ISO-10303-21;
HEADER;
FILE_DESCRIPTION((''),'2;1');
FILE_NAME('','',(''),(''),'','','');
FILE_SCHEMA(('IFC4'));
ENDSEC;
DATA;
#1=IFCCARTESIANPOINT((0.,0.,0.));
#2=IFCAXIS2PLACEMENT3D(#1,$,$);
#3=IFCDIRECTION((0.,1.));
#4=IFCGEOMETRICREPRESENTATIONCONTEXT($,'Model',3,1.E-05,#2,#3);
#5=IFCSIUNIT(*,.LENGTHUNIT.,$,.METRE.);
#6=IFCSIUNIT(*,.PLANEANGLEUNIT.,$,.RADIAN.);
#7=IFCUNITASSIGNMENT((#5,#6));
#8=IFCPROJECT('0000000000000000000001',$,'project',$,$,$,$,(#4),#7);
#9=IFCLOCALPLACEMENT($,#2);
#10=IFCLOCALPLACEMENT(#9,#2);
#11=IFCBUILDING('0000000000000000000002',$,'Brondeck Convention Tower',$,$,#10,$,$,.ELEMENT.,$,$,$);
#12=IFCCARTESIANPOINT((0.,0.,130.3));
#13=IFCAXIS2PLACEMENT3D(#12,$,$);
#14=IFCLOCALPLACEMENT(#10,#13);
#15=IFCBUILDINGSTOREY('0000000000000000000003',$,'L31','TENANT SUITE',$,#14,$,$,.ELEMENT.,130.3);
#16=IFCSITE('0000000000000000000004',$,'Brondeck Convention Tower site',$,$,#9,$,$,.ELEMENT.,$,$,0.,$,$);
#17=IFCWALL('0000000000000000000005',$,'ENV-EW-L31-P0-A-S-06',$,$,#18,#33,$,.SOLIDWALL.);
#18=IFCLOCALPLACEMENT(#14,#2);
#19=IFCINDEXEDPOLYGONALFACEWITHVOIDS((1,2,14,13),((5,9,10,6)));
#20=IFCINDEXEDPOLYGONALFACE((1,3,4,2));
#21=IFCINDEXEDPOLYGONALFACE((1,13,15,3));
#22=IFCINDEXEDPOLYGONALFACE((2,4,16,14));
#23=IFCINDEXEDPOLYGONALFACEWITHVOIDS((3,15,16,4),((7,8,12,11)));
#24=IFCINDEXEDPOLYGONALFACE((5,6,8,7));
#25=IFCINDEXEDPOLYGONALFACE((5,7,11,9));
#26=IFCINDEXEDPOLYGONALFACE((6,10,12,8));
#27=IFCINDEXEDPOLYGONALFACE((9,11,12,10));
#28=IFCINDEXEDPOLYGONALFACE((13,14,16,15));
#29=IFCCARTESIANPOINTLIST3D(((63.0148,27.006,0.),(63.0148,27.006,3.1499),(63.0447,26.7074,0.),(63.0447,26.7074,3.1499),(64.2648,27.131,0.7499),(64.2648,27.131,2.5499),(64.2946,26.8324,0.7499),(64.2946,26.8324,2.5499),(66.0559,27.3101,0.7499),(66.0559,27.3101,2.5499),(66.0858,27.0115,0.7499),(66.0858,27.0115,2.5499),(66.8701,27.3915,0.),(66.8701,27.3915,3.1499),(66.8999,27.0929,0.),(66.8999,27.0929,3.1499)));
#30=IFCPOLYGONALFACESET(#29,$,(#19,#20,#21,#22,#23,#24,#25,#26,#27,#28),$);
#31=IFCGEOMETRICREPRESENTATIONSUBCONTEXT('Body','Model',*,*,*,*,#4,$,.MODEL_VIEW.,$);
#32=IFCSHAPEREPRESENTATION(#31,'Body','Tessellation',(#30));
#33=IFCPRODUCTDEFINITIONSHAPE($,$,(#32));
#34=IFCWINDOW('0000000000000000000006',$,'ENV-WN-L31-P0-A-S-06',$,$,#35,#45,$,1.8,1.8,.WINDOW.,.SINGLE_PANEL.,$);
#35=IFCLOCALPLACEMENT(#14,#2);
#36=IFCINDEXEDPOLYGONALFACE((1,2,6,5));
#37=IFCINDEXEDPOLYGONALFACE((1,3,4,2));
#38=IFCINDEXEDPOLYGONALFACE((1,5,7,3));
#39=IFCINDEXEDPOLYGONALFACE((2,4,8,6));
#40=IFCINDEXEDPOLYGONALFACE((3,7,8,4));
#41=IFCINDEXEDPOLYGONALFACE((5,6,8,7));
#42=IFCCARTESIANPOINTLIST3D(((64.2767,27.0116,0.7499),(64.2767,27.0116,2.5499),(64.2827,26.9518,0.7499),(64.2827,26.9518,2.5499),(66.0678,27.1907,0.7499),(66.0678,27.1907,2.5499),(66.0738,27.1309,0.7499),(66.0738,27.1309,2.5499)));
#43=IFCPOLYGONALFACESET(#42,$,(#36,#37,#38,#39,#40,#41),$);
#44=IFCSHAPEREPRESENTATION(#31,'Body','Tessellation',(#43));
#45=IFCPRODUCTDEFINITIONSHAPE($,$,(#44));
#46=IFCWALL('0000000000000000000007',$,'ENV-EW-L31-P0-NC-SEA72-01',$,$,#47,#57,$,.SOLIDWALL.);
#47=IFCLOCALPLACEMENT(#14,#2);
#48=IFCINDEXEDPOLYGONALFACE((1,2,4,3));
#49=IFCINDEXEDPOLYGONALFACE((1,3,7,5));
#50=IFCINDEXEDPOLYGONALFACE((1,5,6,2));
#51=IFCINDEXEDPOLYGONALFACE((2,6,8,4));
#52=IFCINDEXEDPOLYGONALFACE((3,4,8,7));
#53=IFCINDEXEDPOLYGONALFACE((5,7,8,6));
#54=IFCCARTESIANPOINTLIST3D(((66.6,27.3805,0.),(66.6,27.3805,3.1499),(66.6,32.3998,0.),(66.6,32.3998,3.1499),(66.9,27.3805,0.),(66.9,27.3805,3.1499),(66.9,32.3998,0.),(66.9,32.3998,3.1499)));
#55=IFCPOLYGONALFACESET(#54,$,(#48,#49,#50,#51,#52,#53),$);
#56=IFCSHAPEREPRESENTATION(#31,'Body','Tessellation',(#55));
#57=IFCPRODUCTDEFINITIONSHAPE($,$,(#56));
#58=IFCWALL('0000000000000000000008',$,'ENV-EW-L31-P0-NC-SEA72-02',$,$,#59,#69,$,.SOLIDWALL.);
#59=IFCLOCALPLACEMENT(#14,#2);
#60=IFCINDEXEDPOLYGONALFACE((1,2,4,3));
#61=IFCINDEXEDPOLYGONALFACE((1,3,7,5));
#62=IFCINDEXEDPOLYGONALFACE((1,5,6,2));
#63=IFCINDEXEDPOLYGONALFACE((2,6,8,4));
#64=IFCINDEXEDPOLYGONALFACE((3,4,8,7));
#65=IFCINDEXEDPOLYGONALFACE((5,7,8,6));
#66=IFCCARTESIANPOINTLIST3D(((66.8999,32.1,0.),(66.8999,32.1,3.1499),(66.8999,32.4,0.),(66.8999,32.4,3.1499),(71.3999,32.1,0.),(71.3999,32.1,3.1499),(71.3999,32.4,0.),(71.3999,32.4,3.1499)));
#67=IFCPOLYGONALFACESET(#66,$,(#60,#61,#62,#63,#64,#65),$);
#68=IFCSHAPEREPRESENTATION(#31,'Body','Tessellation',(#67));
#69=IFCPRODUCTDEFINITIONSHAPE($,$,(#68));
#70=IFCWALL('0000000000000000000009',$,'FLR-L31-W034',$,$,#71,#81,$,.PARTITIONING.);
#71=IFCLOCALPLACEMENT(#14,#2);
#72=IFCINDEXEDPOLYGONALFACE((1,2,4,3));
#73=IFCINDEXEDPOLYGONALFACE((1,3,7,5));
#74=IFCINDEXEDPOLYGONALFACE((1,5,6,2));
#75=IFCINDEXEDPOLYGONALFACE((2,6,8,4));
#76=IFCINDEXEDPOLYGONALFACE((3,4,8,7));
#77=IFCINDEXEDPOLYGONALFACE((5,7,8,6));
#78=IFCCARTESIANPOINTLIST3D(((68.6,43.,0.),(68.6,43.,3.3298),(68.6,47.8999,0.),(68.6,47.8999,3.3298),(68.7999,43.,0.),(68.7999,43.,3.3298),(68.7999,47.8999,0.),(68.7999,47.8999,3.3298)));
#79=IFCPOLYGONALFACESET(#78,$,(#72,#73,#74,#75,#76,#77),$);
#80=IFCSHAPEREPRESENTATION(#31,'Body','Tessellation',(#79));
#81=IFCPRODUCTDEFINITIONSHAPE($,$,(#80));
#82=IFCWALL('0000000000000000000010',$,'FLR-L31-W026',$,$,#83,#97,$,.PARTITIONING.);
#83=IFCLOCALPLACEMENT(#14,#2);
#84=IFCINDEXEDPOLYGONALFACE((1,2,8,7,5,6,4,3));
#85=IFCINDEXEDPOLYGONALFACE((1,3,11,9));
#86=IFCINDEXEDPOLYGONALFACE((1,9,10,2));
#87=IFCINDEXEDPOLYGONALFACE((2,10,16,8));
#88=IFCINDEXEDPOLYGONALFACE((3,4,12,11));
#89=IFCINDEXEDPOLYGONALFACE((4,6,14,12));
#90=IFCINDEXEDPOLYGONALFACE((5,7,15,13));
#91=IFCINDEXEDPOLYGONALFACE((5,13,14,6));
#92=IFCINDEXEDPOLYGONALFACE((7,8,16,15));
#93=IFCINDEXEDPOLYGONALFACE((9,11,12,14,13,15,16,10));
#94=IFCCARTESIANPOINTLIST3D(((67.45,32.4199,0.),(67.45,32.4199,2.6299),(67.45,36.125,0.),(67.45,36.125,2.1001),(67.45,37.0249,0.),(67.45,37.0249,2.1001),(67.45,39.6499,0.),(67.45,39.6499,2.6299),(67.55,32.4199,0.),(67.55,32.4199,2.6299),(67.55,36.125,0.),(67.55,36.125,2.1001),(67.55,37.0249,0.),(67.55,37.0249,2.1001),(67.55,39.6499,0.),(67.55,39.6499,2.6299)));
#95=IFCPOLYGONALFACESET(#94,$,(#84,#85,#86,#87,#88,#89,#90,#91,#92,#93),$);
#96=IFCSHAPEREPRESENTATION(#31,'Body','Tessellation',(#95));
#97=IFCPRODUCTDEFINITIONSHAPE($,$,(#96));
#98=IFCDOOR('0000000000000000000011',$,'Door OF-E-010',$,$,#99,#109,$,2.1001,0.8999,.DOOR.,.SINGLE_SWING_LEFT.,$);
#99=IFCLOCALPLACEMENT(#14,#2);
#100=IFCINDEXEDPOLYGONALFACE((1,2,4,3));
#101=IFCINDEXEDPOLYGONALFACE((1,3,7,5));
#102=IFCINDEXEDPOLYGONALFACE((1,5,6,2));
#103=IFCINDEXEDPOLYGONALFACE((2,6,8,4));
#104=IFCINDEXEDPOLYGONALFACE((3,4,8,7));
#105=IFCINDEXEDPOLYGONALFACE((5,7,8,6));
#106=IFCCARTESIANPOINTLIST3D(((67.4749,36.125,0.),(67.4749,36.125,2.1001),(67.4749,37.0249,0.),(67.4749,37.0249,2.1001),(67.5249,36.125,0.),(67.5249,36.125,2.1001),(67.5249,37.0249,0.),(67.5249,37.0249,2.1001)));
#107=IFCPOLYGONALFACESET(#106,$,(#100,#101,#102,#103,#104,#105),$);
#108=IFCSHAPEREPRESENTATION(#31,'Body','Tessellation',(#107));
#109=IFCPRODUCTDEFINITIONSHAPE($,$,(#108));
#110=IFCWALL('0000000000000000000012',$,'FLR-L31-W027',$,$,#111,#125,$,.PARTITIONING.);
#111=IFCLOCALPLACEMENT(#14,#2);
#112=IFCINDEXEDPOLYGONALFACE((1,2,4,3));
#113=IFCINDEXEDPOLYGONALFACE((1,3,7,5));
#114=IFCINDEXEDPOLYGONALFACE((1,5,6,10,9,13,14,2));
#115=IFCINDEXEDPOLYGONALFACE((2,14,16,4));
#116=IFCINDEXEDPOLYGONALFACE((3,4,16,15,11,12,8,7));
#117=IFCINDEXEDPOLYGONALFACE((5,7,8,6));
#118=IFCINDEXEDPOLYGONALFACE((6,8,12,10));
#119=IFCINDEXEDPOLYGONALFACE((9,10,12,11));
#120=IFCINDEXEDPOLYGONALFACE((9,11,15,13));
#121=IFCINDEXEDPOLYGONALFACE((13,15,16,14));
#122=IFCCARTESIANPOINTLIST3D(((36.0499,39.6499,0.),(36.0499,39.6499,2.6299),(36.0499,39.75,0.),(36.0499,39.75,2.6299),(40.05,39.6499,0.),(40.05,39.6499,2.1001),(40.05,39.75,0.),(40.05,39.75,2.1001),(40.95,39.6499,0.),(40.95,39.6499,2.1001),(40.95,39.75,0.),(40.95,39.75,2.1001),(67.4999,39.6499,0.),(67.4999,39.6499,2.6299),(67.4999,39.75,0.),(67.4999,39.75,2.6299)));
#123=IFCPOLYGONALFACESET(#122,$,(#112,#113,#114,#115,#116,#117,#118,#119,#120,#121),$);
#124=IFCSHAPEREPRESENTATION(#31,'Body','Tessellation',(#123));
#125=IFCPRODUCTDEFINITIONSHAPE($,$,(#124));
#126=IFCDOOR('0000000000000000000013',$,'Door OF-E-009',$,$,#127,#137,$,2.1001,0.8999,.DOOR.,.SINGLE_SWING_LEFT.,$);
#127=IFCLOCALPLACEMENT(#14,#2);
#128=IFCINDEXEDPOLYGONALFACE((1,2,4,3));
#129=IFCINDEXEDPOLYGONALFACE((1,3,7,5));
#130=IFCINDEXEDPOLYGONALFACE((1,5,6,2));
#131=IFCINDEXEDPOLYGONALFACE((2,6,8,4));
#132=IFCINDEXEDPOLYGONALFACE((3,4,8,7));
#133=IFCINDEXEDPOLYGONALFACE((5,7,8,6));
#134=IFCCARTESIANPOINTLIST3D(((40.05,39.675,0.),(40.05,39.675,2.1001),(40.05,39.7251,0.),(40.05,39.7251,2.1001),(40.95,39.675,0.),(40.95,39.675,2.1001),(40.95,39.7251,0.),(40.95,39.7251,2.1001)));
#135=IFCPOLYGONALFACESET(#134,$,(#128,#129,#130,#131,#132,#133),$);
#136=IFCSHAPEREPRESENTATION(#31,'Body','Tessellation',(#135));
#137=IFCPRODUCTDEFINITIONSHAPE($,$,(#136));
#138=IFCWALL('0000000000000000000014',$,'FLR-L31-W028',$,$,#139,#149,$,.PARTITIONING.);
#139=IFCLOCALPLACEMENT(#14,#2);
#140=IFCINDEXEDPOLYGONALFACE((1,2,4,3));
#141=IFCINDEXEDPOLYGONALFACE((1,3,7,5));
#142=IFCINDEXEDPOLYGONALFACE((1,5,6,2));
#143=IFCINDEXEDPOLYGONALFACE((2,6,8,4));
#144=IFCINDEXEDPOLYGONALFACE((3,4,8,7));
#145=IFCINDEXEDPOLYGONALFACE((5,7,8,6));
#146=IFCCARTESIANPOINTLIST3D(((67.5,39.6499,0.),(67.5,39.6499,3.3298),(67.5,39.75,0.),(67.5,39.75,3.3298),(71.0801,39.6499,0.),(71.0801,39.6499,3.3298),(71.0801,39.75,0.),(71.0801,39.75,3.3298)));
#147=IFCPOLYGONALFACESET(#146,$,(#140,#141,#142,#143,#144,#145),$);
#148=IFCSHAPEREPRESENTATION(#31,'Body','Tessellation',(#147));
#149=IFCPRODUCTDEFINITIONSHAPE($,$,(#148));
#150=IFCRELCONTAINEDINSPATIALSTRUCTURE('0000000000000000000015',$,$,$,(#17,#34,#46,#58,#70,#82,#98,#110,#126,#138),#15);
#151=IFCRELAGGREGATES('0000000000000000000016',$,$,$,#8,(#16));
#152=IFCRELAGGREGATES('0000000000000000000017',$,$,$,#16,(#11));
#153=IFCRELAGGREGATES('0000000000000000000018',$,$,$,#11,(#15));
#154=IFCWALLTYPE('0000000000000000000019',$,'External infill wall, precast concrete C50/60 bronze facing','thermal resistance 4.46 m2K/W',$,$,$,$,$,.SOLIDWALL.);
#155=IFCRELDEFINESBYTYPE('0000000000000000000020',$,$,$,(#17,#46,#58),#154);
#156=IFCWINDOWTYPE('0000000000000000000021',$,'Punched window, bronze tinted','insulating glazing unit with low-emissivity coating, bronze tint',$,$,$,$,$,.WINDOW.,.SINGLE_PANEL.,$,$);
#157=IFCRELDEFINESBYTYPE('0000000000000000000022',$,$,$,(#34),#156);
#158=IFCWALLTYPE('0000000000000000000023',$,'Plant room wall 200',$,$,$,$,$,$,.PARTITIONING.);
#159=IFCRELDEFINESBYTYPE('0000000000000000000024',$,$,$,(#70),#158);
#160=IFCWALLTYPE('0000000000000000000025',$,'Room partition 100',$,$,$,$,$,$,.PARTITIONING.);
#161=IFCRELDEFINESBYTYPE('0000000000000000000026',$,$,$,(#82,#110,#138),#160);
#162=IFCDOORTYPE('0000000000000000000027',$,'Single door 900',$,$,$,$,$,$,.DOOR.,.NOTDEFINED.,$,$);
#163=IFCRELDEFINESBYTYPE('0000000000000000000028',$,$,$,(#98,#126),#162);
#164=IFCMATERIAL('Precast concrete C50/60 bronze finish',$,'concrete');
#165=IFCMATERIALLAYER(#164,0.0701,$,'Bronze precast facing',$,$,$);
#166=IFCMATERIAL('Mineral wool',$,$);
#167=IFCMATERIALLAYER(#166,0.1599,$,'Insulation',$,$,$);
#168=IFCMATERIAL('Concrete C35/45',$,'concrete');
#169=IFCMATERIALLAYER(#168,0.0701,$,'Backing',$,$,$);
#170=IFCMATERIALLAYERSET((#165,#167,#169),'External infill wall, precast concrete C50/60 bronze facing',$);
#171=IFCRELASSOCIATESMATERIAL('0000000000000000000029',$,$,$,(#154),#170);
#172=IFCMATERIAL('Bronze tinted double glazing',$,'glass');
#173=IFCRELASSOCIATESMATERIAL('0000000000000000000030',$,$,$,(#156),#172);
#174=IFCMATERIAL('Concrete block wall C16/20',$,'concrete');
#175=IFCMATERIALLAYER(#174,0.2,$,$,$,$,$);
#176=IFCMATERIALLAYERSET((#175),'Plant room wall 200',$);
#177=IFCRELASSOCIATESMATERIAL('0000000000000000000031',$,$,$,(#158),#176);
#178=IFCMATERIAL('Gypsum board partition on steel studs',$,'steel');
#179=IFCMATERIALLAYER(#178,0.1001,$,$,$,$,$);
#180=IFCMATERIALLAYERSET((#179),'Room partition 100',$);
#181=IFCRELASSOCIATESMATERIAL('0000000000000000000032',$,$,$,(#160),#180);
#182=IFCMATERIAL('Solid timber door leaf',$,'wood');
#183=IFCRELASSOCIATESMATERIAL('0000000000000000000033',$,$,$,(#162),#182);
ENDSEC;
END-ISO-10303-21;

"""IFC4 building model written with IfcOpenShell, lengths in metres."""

from ifc_helpers import new_model, si_unit, direction, frame, frame_2d, origin, place, context, subcontext, project, spatial, rectangle, extrude, material, layer, layer_set, type_object, element, fill, save


model = new_model("IFC4")

# Units and contexts
model_context = context("Model", 3, precision=1e-05, world=origin(), true_north=direction((0.0, 1.0)))
body_context = subcontext(model_context, "Body", "Model", "MODEL_VIEW")
ifc_project = project(units=[si_unit("LENGTHUNIT", "METRE"), si_unit("PLANEANGLEUNIT", "RADIAN")], contexts=[model_context])

# Site, building, storey
site_placement = place(None, origin())
site = spatial("IfcSite", under=ifc_project, at=site_placement, Name="Brondeck Convention Tower site", CompositionType="ELEMENT", RefElevation=0.0)
building_placement = place(site_placement, origin())
building = spatial("IfcBuilding", under=site, at=building_placement, Name="Brondeck Convention Tower", CompositionType="ELEMENT")
storey_placement = place(building_placement, frame((0.0, 0.0, 130.3)))
storey = spatial("IfcBuildingStorey", under=building, at=storey_placement, Name="L31", Description="TENANT SUITE", CompositionType="ELEMENT", Elevation=130.3)

# Shared definitions
ifc_material_1 = material(Name="Precast concrete C50/60 bronze finish", Category="concrete")
ifc_layer_1 = layer(ifc_material_1, 0.0701, Name="Bronze precast facing")
ifc_material_2 = material(Name="Mineral wool")
ifc_layer_2 = layer(ifc_material_2, 0.1599, Name="Insulation")
ifc_material_3 = material(Name="Concrete C35/45", Category="concrete")
ifc_layer_3 = layer(ifc_material_3, 0.0701, Name="Backing")
ifc_layer_set_1 = layer_set([ifc_layer_1, ifc_layer_2, ifc_layer_3], Name="External infill wall, precast concrete C50/60 bronze facing")
wall_type_1 = type_object("IfcWallType", Name="External infill wall, precast concrete C50/60 bronze facing", Description="thermal resistance 4.46 m2K/W", PredefinedType="SOLIDWALL", material=ifc_layer_set_1)
ifc_material_4 = material(Name="Bronze tinted double glazing", Category="glass")
window_type_1 = type_object("IfcWindowType", Name="Punched window, bronze tinted", Description="insulating glazing unit with low-emissivity coating, bronze tint", PartitioningType="SINGLE_PANEL", PredefinedType="WINDOW", material=ifc_material_4)

# Wall, opening, window
wall_1_placement = place(storey_placement, frame((66.885, 27.2422, 0.0), z_axis=(0.0, 0.0, 1.0), x_axis=(-0.995038, -0.099497, 0.0)))
wall_1 = element("IfcWall", 1, at=wall_1_placement, inside=storey, type_object=wall_type_1, Name="ENV-EW-L31-P0-A-S-06", PredefinedType="SOLIDWALL", context=body_context, shape_type="SweptSolid", body=[
    extrude(rectangle(XDim=3.8745, YDim=0.3, at=frame_2d((1.9373, 0.0))), origin(), (0.0, 0.0, 1.0), 3.1499),
])
opening_1_placement = place(wall_1_placement, frame((0.8184, 0.0, 0.75)))
opening_1 = element("IfcOpeningElement", 2, at=opening_1_placement, cuts=wall_1, PredefinedType="OPENING", context=body_context, shape_type="SweptSolid", body=[
    extrude(rectangle(XDim=1.8, YDim=1.8, at=frame_2d((0.8999, 0.8999))), frame((0.0, 0.1599, 0.0), z_axis=(0.0, -1.0, 0.0), x_axis=(1.0, 0.0, 0.0)), (0.0, 0.0, 1.0), 0.3201),
])
window_1_placement = place(opening_1_placement, origin())
window_1 = element("IfcWindow", 3, at=window_1_placement, inside=storey, type_object=window_type_1, Name="ENV-WN-L31-P0-A-S-06", OverallHeight=1.8, OverallWidth=1.8, PartitioningType="SINGLE_PANEL", PredefinedType="WINDOW", context=body_context, shape_type="SweptSolid", body=[
    extrude(rectangle(XDim=1.8, YDim=1.8, at=frame_2d((0.8999, 0.8999))), frame((0.0, 0.03, 0.0), z_axis=(0.0, -1.0, 0.0), x_axis=(1.0, 0.0, 0.0)), (0.0, 0.0, 1.0), 0.0601),
])
fill(opening_1, window_1)

# Walls
wall_2_placement = place(storey_placement, frame((66.75, 32.3999, 0.0), z_axis=(0.0, 0.0, 1.0), x_axis=(0.0, -1.0, 0.0)))
element("IfcWall", 4, at=wall_2_placement, inside=storey, type_object=wall_type_1, Name="ENV-EW-L31-P0-NC-SEA72-01", PredefinedType="SOLIDWALL", context=body_context, shape_type="SweptSolid", body=[
    extrude(rectangle(XDim=5.0193, YDim=0.3, at=frame_2d((2.5098, 0.0))), origin(), (0.0, 0.0, 1.0), 3.1499),
])
wall_3_placement = place(storey_placement, frame((71.3999, 32.25, 0.0), z_axis=(0.0, 0.0, 1.0), x_axis=(-1.0, 0.0, 0.0)))
element("IfcWall", 5, at=wall_3_placement, inside=storey, type_object=wall_type_1, Name="ENV-EW-L31-P0-NC-SEA72-02", PredefinedType="SOLIDWALL", context=body_context, shape_type="SweptSolid", body=[
    extrude(rectangle(XDim=4.5, YDim=0.3, at=frame_2d((2.25, 0.0))), origin(), (0.0, 0.0, 1.0), 3.1499),
])
ifc_material_5 = material(Name="Concrete block wall C16/20", Category="concrete")
ifc_layer_4 = layer(ifc_material_5, 0.2)
ifc_layer_set_2 = layer_set([ifc_layer_4], Name="Plant room wall 200")
wall_type_2 = type_object("IfcWallType", Name="Plant room wall 200", PredefinedType="PARTITIONING", material=ifc_layer_set_2)
wall_4_placement = place(storey_placement, frame((68.7, 43.0, 0.0), z_axis=(0.0, 0.0, 1.0), x_axis=(0.0, 1.0, 0.0)))
element("IfcWall", 6, at=wall_4_placement, inside=storey, type_object=wall_type_2, Name="FLR-L31-W034", PredefinedType="PARTITIONING", context=body_context, shape_type="SweptSolid", body=[
    extrude(rectangle(XDim=4.8999, YDim=0.2, at=frame_2d((2.45, 0.0))), origin(), (0.0, 0.0, 1.0), 3.3298),
])

# Walls, openings, doors
ifc_material_6 = material(Name="Gypsum board partition on steel studs", Category="steel")
ifc_layer_5 = layer(ifc_material_6, 0.1001)
ifc_layer_set_3 = layer_set([ifc_layer_5], Name="Room partition 100")
wall_type_3 = type_object("IfcWallType", Name="Room partition 100", PredefinedType="PARTITIONING", material=ifc_layer_set_3)
wall_5_placement = place(storey_placement, frame((67.5, 39.6499, 0.0), z_axis=(0.0, 0.0, 1.0), x_axis=(0.0, -1.0, 0.0)))
wall_5 = element("IfcWall", 7, at=wall_5_placement, inside=storey, type_object=wall_type_3, Name="FLR-L31-W026", PredefinedType="PARTITIONING", context=body_context, shape_type="SweptSolid", body=[
    extrude(rectangle(XDim=7.23, YDim=0.1001, at=frame_2d((3.615, 0.0))), origin(), (0.0, 0.0, 1.0), 2.6299),
])
opening_2_placement = place(wall_5_placement, frame((2.625, 0.0, 0.0)))
opening_2 = element("IfcOpeningElement", 8, at=opening_2_placement, cuts=wall_5, PredefinedType="OPENING", context=body_context, shape_type="SweptSolid", body=[
    extrude(rectangle(XDim=0.8999, YDim=2.1001, at=frame_2d((0.45, 1.05))), frame((0.0, 0.0601, 0.0), z_axis=(0.0, -1.0, 0.0), x_axis=(1.0, 0.0, 0.0)), (0.0, 0.0, 1.0), 0.1201),
])
ifc_material_7 = material(Name="Solid timber door leaf", Category="wood")
door_type = type_object("IfcDoorType", Name="Single door 900", OperationType="NOTDEFINED", PredefinedType="DOOR", material=ifc_material_7)
door_1_placement = place(opening_2_placement, origin())
door_1 = element("IfcDoor", 9, at=door_1_placement, inside=storey, type_object=door_type, Name="Door OF-E-010", OperationType="SINGLE_SWING_LEFT", OverallHeight=2.1001, OverallWidth=0.8999, PredefinedType="DOOR", context=body_context, shape_type="SweptSolid", body=[
    extrude(rectangle(XDim=0.8999, YDim=2.1001, at=frame_2d((0.45, 1.05))), frame((0.0, 0.0249, 0.0), z_axis=(0.0, -1.0, 0.0), x_axis=(1.0, 0.0, 0.0)), (0.0, 0.0, 1.0), 0.05),
])
fill(opening_2, door_1)
wall_6_placement = place(storey_placement, frame((67.5, 39.7, 0.0), z_axis=(0.0, 0.0, 1.0), x_axis=(-1.0, 0.0, 0.0)))
wall_6 = element("IfcWall", 10, at=wall_6_placement, inside=storey, type_object=wall_type_3, Name="FLR-L31-W027", PredefinedType="PARTITIONING", context=body_context, shape_type="SweptSolid", body=[
    extrude(rectangle(XDim=31.45, YDim=0.1001, at=frame_2d((15.7251, 0.0))), origin(), (0.0, 0.0, 1.0), 2.6299),
])
opening_3_placement = place(wall_6_placement, frame((26.55, 0.0, 0.0)))
opening_3 = element("IfcOpeningElement", 11, at=opening_3_placement, cuts=wall_6, PredefinedType="OPENING", context=body_context, shape_type="SweptSolid", body=[
    extrude(rectangle(XDim=0.8999, YDim=2.1001, at=frame_2d((0.45, 1.05))), frame((0.0, 0.0601, 0.0), z_axis=(0.0, -1.0, 0.0), x_axis=(1.0, 0.0, 0.0)), (0.0, 0.0, 1.0), 0.1201),
])
door_2_placement = place(opening_3_placement, origin())
door_2 = element("IfcDoor", 12, at=door_2_placement, inside=storey, type_object=door_type, Name="Door OF-E-009", OperationType="SINGLE_SWING_LEFT", OverallHeight=2.1001, OverallWidth=0.8999, PredefinedType="DOOR", context=body_context, shape_type="SweptSolid", body=[
    extrude(rectangle(XDim=0.8999, YDim=2.1001, at=frame_2d((0.45, 1.05))), frame((0.0, 0.0249, 0.0), z_axis=(0.0, -1.0, 0.0), x_axis=(1.0, 0.0, 0.0)), (0.0, 0.0, 1.0), 0.05),
])
fill(opening_3, door_2)

# Wall
wall_7_placement = place(storey_placement, frame((71.0801, 39.7, 0.0), z_axis=(0.0, 0.0, 1.0), x_axis=(-1.0, 0.0, 0.0)))
element("IfcWall", 13, at=wall_7_placement, inside=storey, type_object=wall_type_3, Name="FLR-L31-W028", PredefinedType="PARTITIONING", context=body_context, shape_type="SweptSolid", body=[
    extrude(rectangle(XDim=3.5801, YDim=0.1001, at=frame_2d((1.79, 0.0))), origin(), (0.0, 0.0, 1.0), 3.3298),
])

save(model, "model.ifc")
